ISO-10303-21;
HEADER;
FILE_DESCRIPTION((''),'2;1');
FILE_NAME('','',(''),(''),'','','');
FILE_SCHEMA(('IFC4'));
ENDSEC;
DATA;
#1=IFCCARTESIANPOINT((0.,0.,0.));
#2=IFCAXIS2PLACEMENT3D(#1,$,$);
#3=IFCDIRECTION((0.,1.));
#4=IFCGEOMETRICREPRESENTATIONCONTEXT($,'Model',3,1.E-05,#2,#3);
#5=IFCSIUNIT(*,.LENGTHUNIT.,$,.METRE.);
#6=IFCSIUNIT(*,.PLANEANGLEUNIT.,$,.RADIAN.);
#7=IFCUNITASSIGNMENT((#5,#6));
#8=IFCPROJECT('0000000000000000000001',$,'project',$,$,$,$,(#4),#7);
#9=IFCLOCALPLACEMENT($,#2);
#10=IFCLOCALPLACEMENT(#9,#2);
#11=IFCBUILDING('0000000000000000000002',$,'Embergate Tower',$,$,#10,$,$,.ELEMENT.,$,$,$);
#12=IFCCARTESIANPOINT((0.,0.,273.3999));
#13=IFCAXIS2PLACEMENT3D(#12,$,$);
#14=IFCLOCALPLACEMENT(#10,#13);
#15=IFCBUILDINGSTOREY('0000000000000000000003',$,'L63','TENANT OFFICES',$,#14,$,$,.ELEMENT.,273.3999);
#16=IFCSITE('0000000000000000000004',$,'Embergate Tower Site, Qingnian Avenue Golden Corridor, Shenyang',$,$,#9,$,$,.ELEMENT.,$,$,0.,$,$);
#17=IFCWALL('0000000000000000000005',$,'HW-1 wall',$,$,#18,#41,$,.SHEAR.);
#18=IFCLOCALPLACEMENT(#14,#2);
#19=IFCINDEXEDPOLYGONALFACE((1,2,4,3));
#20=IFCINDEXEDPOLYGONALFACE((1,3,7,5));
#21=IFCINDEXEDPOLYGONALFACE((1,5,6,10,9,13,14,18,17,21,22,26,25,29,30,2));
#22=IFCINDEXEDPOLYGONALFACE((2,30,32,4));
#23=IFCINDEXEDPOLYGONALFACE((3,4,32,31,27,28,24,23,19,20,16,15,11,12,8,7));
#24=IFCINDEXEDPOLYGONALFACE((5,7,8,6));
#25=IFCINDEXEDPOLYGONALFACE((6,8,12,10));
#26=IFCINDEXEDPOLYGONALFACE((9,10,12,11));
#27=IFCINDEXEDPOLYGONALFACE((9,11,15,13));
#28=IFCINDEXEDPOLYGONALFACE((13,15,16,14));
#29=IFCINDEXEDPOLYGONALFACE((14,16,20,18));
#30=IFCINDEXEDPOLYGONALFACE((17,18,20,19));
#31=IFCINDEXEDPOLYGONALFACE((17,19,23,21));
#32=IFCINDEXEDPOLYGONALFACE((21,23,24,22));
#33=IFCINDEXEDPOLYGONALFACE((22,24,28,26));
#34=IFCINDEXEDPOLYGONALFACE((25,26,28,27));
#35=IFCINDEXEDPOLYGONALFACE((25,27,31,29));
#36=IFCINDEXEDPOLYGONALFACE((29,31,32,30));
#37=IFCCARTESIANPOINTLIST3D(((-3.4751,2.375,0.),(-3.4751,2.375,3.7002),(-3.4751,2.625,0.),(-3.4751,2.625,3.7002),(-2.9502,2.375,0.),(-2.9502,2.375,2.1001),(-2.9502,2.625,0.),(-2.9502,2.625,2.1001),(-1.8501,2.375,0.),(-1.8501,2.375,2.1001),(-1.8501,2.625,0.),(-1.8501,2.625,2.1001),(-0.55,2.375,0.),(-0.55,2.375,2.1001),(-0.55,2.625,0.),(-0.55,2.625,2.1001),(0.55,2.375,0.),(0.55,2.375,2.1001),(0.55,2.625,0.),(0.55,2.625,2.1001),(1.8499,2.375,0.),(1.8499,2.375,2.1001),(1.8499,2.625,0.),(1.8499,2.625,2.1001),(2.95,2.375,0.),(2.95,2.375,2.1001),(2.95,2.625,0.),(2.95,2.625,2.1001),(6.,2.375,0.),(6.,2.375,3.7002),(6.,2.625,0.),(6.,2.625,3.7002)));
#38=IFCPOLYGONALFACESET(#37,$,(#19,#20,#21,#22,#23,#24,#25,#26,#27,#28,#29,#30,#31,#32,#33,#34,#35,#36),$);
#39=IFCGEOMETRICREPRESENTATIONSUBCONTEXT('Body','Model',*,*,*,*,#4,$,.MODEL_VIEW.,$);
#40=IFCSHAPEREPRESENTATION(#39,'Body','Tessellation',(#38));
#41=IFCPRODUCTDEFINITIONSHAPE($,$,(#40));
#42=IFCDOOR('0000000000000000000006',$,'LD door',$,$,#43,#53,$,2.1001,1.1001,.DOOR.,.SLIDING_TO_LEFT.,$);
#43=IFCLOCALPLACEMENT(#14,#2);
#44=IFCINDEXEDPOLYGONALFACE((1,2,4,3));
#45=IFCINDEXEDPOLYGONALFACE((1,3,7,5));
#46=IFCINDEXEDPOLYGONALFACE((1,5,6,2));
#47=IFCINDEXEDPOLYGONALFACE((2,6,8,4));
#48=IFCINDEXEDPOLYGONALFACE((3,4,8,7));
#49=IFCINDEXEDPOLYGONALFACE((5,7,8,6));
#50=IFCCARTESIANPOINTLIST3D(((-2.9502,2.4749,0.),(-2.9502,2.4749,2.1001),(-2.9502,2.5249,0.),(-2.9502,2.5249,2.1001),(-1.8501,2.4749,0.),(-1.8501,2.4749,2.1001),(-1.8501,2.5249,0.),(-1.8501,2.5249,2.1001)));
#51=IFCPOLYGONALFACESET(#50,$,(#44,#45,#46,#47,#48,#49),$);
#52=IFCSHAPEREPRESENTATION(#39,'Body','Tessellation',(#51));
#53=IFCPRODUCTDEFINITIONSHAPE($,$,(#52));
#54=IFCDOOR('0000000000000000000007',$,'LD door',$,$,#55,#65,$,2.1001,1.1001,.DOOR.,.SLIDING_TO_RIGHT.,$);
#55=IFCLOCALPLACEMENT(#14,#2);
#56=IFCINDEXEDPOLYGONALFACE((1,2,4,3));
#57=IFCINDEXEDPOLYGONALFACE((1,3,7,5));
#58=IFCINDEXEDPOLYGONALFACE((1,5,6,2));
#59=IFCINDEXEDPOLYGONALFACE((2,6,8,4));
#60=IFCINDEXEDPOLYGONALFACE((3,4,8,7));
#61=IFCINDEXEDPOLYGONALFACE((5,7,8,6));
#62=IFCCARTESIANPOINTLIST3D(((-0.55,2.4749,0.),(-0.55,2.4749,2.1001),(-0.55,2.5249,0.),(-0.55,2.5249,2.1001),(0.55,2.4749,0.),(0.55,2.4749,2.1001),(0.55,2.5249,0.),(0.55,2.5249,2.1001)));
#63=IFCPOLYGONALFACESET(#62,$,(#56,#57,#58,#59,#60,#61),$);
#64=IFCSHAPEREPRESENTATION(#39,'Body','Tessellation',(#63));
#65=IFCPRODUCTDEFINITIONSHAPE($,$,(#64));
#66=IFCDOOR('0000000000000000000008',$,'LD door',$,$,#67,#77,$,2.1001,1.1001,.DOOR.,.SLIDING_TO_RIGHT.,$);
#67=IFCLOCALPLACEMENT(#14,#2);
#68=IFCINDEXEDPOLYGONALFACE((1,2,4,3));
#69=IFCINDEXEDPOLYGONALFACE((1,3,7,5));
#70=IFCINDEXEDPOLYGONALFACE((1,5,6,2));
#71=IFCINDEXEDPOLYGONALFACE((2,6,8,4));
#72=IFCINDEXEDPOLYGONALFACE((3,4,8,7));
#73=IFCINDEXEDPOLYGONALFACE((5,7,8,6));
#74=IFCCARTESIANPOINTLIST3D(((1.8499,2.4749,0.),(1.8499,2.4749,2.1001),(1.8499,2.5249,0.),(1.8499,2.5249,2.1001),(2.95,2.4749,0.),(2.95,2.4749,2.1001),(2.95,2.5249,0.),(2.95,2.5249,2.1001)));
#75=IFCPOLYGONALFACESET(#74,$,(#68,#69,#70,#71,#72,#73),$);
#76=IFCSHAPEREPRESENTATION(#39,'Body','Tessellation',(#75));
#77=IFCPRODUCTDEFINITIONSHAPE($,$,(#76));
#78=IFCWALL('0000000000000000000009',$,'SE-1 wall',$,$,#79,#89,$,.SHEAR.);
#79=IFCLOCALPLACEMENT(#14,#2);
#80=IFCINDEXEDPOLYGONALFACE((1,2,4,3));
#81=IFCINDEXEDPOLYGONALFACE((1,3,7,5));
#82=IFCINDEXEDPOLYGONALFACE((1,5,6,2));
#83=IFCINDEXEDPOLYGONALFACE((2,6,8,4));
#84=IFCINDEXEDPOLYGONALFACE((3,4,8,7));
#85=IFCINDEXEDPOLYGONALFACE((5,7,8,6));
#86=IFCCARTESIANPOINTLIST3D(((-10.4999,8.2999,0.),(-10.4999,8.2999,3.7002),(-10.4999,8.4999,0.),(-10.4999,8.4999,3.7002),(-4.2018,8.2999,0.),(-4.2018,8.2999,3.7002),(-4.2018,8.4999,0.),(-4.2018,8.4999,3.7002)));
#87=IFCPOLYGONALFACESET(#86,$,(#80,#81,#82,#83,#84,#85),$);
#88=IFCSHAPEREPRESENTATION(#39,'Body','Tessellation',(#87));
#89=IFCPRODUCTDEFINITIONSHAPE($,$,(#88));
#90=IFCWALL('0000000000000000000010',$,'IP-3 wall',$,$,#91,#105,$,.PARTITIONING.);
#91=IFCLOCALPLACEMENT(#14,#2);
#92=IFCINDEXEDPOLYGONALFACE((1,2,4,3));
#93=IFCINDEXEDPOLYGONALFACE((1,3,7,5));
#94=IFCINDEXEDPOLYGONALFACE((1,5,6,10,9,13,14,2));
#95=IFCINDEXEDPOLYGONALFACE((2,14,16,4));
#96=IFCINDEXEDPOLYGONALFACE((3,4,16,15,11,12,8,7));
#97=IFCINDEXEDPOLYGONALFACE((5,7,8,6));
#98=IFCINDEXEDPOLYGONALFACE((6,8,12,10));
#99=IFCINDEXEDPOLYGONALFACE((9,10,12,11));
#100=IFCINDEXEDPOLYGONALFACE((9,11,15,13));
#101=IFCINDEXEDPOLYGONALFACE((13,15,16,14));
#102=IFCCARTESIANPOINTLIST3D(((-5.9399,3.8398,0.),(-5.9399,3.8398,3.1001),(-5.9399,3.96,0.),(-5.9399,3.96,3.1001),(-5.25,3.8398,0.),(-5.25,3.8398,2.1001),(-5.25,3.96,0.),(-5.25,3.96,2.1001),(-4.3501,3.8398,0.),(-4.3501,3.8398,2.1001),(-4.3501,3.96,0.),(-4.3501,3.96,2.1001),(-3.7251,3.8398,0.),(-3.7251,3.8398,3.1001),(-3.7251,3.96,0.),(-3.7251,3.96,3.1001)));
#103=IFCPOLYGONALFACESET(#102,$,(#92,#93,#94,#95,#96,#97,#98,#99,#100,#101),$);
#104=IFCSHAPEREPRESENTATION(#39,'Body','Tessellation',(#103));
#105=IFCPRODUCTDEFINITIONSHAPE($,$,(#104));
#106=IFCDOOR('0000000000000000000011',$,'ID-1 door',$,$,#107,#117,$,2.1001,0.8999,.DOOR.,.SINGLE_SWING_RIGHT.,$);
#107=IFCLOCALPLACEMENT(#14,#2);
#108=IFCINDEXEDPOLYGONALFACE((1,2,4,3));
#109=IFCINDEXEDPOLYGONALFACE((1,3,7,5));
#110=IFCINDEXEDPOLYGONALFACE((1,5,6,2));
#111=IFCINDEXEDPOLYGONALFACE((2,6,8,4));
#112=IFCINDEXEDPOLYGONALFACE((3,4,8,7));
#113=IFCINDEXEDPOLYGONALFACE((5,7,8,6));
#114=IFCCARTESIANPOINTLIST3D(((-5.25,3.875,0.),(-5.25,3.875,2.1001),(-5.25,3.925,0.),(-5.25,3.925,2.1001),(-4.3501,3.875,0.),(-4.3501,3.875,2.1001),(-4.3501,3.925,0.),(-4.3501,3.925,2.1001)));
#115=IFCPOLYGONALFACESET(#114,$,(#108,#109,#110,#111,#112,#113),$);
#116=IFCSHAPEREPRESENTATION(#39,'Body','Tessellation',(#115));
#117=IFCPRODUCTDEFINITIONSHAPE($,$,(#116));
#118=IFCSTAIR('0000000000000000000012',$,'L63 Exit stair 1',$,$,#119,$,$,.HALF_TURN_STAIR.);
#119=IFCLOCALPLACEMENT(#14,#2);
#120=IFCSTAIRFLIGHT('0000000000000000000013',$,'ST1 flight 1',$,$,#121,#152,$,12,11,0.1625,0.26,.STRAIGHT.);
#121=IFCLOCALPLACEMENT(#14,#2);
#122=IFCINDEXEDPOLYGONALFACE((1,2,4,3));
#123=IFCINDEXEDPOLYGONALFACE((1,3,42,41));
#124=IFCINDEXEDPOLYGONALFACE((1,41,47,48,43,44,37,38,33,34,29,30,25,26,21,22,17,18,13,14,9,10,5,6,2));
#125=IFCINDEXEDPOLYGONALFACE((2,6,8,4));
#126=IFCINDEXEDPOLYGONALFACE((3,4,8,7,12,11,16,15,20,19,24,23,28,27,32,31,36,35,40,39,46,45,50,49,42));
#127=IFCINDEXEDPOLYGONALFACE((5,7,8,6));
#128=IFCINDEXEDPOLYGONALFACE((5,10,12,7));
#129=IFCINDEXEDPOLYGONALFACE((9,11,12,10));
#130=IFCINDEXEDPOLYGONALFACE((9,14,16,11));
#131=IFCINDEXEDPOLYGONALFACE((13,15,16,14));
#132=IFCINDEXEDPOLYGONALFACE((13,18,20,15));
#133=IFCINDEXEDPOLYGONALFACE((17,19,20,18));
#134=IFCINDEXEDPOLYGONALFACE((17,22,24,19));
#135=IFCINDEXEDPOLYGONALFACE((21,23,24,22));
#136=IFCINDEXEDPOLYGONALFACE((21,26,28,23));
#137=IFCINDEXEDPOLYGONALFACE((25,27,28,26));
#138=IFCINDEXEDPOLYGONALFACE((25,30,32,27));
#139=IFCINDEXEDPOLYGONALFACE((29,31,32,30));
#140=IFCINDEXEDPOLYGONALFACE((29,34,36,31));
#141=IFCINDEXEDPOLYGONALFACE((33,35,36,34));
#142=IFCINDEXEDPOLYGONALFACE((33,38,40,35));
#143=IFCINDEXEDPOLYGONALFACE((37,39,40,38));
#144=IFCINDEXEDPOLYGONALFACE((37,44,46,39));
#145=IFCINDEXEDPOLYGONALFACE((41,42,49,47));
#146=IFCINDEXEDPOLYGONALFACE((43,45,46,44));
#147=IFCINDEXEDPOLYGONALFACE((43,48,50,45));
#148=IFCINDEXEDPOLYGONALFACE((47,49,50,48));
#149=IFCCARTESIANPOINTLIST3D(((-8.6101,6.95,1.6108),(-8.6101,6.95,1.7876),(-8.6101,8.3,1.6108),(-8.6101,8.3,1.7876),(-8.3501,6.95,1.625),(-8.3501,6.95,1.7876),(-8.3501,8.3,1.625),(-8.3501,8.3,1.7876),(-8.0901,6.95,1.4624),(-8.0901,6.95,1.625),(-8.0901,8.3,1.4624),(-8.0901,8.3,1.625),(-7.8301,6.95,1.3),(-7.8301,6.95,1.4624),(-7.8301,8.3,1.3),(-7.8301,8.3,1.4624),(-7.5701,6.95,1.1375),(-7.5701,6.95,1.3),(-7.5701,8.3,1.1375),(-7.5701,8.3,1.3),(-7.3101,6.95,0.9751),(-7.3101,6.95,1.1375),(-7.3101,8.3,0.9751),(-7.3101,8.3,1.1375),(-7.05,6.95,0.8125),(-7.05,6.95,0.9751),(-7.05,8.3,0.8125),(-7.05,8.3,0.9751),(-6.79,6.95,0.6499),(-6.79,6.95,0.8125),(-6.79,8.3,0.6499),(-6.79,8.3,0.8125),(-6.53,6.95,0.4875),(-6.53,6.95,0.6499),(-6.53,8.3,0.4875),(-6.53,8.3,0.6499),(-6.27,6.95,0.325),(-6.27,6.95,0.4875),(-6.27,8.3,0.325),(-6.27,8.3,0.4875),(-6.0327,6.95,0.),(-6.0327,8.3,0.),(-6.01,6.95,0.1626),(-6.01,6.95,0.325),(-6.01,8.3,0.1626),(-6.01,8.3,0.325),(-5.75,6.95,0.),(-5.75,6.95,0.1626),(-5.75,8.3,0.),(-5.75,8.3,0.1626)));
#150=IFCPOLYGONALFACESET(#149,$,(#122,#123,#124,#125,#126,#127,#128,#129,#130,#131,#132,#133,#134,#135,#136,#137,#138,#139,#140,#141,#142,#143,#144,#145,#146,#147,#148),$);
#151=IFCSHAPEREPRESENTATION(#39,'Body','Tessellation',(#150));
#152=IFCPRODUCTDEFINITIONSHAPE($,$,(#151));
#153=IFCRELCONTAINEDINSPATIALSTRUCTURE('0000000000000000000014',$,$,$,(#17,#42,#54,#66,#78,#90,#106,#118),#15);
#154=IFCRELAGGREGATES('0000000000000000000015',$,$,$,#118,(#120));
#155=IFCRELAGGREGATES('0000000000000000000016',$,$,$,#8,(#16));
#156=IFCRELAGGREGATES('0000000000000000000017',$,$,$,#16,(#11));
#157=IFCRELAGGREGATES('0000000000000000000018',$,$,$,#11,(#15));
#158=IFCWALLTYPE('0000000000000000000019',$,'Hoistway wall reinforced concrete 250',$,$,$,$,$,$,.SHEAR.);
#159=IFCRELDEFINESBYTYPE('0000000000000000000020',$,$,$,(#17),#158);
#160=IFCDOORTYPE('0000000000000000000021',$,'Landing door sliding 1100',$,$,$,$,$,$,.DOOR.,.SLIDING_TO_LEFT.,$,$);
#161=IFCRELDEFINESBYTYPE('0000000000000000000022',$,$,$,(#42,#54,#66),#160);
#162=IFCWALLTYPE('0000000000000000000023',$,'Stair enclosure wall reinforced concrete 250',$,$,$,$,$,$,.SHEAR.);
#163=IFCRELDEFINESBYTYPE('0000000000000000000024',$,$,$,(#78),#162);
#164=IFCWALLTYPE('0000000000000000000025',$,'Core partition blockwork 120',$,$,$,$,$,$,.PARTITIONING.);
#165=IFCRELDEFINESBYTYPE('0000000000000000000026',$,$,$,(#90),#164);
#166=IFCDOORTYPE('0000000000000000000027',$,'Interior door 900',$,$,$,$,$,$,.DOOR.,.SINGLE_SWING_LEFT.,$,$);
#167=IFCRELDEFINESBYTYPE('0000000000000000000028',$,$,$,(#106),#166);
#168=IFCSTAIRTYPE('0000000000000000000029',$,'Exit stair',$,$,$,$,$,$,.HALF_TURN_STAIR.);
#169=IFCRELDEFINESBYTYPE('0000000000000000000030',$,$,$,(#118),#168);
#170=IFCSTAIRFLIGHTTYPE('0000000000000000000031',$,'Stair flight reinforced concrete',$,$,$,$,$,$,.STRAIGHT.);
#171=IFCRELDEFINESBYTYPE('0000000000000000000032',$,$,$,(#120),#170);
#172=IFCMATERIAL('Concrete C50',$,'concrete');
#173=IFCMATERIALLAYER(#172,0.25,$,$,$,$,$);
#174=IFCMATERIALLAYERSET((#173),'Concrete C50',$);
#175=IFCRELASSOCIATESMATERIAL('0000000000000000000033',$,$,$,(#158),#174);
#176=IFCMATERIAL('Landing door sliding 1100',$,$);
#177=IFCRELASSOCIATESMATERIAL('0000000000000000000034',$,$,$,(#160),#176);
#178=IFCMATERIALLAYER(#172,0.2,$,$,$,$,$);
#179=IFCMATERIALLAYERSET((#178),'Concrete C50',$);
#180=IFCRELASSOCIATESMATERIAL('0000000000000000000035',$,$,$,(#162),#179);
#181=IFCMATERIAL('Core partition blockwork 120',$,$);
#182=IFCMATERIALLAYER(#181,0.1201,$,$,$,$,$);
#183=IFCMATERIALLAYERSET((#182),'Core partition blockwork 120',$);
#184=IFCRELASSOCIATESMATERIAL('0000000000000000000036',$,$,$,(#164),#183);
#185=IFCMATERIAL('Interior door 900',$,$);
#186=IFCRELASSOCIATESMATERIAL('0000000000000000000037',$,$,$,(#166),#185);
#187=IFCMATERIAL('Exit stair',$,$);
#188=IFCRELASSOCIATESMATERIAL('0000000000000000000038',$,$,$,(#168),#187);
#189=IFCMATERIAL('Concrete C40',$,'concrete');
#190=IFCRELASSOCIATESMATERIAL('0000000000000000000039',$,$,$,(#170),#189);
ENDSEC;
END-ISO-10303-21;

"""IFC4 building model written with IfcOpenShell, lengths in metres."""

from ifc_helpers import new_model, si_unit, direction, frame, frame_2d, origin, place, context, subcontext, project, spatial, polyline, rectangle, outline, extrude, source, transform, mapped, material, layer, layer_set, type_object, element, fill, aggregate, save


model = new_model("IFC4")

# Units and contexts
model_context = context("Model", 3, precision=1e-05, world=origin(), true_north=direction((0.0, 1.0)))
body_context = subcontext(model_context, "Body", "Model", "MODEL_VIEW")
ifc_project = project(units=[si_unit("LENGTHUNIT", "METRE"), si_unit("PLANEANGLEUNIT", "RADIAN")], contexts=[model_context])

# Site, building, storey
site_placement = place(None, origin())
site = spatial("IfcSite", under=ifc_project, at=site_placement, Name="Embergate Tower Site, Qingnian Avenue Golden Corridor, Shenyang", CompositionType="ELEMENT", RefElevation=0.0)
building_placement = place(site_placement, origin())
building = spatial("IfcBuilding", under=site, at=building_placement, Name="Embergate Tower", CompositionType="ELEMENT")
storey_placement = place(building_placement, frame((0.0, 0.0, 273.3999)))
storey = spatial("IfcBuildingStorey", under=building, at=storey_placement, Name="L63", Description="TENANT OFFICES", CompositionType="ELEMENT", Elevation=273.3999)

# Shared definitions
ifc_material_1 = material(Name="Concrete C50", Category="concrete")
ifc_layer_1 = layer(ifc_material_1, 0.25)
ifc_layer_set_1 = layer_set([ifc_layer_1], Name="Concrete C50")
wall_type_1 = type_object("IfcWallType", Name="Hoistway wall reinforced concrete 250", PredefinedType="SHEAR", material=ifc_layer_set_1)

# Shared definitions
shared_shape_1 = source(origin(), body_context, "Body", "SweptSolid", [
    extrude(rectangle(XDim=1.1001, YDim=2.1001, at=frame_2d((0.55, 1.05))), frame((0.0, 0.135, 0.0), z_axis=(0.0, -1.0, 0.0), x_axis=(1.0, 0.0, 0.0)), (0.0, 0.0, 1.0), 0.27),
])
ifc_material_2 = material(Name="Landing door sliding 1100")
door_type_1 = type_object("IfcDoorType", Name="Landing door sliding 1100", OperationType="SLIDING_TO_LEFT", PredefinedType="DOOR", material=ifc_material_2)
shared_shape_2 = source(origin(), body_context, "Body", "SweptSolid", [
    extrude(rectangle(XDim=1.1001, YDim=2.1001, at=frame_2d((0.55, 1.05))), frame((0.0, 0.0249, 0.0), z_axis=(0.0, -1.0, 0.0), x_axis=(1.0, 0.0, 0.0)), (0.0, 0.0, 1.0), 0.05),
])

# Shared definitions
ifc_layer_2 = layer(ifc_material_1, 0.2)
ifc_layer_set_2 = layer_set([ifc_layer_2], Name="Concrete C50")
wall_type_2 = type_object("IfcWallType", Name="Stair enclosure wall reinforced concrete 250", PredefinedType="SHEAR", material=ifc_layer_set_2)

# Shared definitions
ifc_material_3 = material(Name="Core partition blockwork 120")
ifc_layer_3 = layer(ifc_material_3, 0.1201)
ifc_layer_set_3 = layer_set([ifc_layer_3], Name="Core partition blockwork 120")
wall_type_3 = type_object("IfcWallType", Name="Core partition blockwork 120", PredefinedType="PARTITIONING", material=ifc_layer_set_3)

# Wall, openings, doors
shared_shape_3 = source(origin(), body_context, "Body", "SweptSolid", [
    extrude(rectangle(XDim=9.4751, YDim=0.25, at=frame_2d((4.7375, 0.0))), origin(), (0.0, 0.0, 1.0), 3.7002),
])
wall_1_placement = place(storey_placement, frame((-3.4751, 2.5, 0.0), z_axis=(0.0, 0.0, 1.0), x_axis=(1.0, 0.0, 0.0)))
wall_1 = element("IfcWall", 1, at=wall_1_placement, inside=storey, type_object=wall_type_1, Name="HW-1 wall", PredefinedType="SHEAR", context=body_context, shape_type="MappedRepresentation", body=[
    mapped(shared_shape_3, transform((0.0, 0.0, 0.0))),
])
opening_1_placement = place(wall_1_placement, frame((0.5249, 0.0, 0.0)))
opening_1 = element("IfcOpeningElement", 2, at=opening_1_placement, cuts=wall_1, PredefinedType="OPENING", context=body_context, shape_type="MappedRepresentation", body=[
    mapped(shared_shape_1, transform((0.0, 0.0, 0.0))),
])
opening_2_placement = place(wall_1_placement, frame((2.925, 0.0, 0.0)))
opening_2 = element("IfcOpeningElement", 3, at=opening_2_placement, cuts=wall_1, PredefinedType="OPENING", context=body_context, shape_type="MappedRepresentation", body=[
    mapped(shared_shape_1, transform((0.0, 0.0, 0.0))),
])
opening_3_placement = place(wall_1_placement, frame((5.325, 0.0, 0.0)))
opening_3 = element("IfcOpeningElement", 4, at=opening_3_placement, cuts=wall_1, PredefinedType="OPENING", context=body_context, shape_type="MappedRepresentation", body=[
    mapped(shared_shape_1, transform((0.0, 0.0, 0.0))),
])
door_1_placement = place(opening_1_placement, origin())
door_1 = element("IfcDoor", 5, at=door_1_placement, inside=storey, type_object=door_type_1, Name="LD door", OperationType="SLIDING_TO_LEFT", OverallHeight=2.1001, OverallWidth=1.1001, PredefinedType="DOOR", context=body_context, shape_type="MappedRepresentation", body=[
    mapped(shared_shape_2, transform((0.0, 0.0, 0.0))),
])
fill(opening_1, door_1)
door_2_placement = place(opening_2_placement, origin())
door_2 = element("IfcDoor", 6, at=door_2_placement, inside=storey, type_object=door_type_1, Name="LD door", OperationType="SLIDING_TO_RIGHT", OverallHeight=2.1001, OverallWidth=1.1001, PredefinedType="DOOR", context=body_context, shape_type="MappedRepresentation", body=[
    mapped(shared_shape_2, transform((0.0, 0.0, 0.0))),
])
fill(opening_2, door_2)
door_3_placement = place(opening_3_placement, origin())
door_3 = element("IfcDoor", 7, at=door_3_placement, inside=storey, type_object=door_type_1, Name="LD door", OperationType="SLIDING_TO_RIGHT", OverallHeight=2.1001, OverallWidth=1.1001, PredefinedType="DOOR", context=body_context, shape_type="MappedRepresentation", body=[
    mapped(shared_shape_2, transform((0.0, 0.0, 0.0))),
])
fill(opening_3, door_3)

# Wall
shared_shape_4 = source(origin(), body_context, "Body", "SweptSolid", [
    extrude(rectangle(XDim=6.2981, YDim=0.2, at=frame_2d((3.1489, 0.0))), origin(), (0.0, 0.0, 1.0), 3.7002),
])
wall_2_placement = place(storey_placement, frame((-4.2019, 8.3999, 0.0), z_axis=(0.0, 0.0, 1.0), x_axis=(-1.0, 0.0, 0.0)))
element("IfcWall", 8, at=wall_2_placement, inside=storey, type_object=wall_type_2, Name="SE-1 wall", PredefinedType="SHEAR", context=body_context, shape_type="MappedRepresentation", body=[
    mapped(shared_shape_4, transform((0.0, 0.0, 0.0))),
])

# Wall, opening, door
shared_shape_5 = source(origin(), body_context, "Body", "SweptSolid", [
    extrude(rectangle(XDim=2.2148, YDim=0.1201, at=frame_2d((1.1074, 0.0))), origin(), (0.0, 0.0, 1.0), 3.1001),
])
wall_3_placement = place(storey_placement, frame((-3.7251, 3.8999, 0.0), z_axis=(0.0, 0.0, 1.0), x_axis=(-1.0, 0.0, 0.0)))
wall_3 = element("IfcWall", 9, at=wall_3_placement, inside=storey, type_object=wall_type_3, Name="IP-3 wall", PredefinedType="PARTITIONING", context=body_context, shape_type="MappedRepresentation", body=[
    mapped(shared_shape_5, transform((0.0, 0.0, 0.0))),
])
shared_shape_6 = source(origin(), body_context, "Body", "SweptSolid", [
    extrude(rectangle(XDim=0.8999, YDim=2.1001, at=frame_2d((0.45, 1.05))), frame((0.0, 0.0701, 0.0), z_axis=(0.0, -1.0, 0.0), x_axis=(1.0, 0.0, 0.0)), (0.0, 0.0, 1.0), 0.1401),
])
opening_4_placement = place(wall_3_placement, frame((0.625, 0.0, 0.0)))
opening_4 = element("IfcOpeningElement", 10, at=opening_4_placement, cuts=wall_3, PredefinedType="OPENING", context=body_context, shape_type="MappedRepresentation", body=[
    mapped(shared_shape_6, transform((0.0, 0.0, 0.0))),
])
ifc_material_4 = material(Name="Interior door 900")
door_type_2 = type_object("IfcDoorType", Name="Interior door 900", OperationType="SINGLE_SWING_LEFT", PredefinedType="DOOR", material=ifc_material_4)
shared_shape_7 = source(origin(), body_context, "Body", "SweptSolid", [
    extrude(rectangle(XDim=0.8999, YDim=2.1001, at=frame_2d((0.45, 1.05))), frame((0.0, 0.0249, 0.0), z_axis=(0.0, -1.0, 0.0), x_axis=(1.0, 0.0, 0.0)), (0.0, 0.0, 1.0), 0.05),
])
door_4_placement = place(opening_4_placement, origin())
door_4 = element("IfcDoor", 11, at=door_4_placement, inside=storey, type_object=door_type_2, Name="ID-1 door", OperationType="SINGLE_SWING_RIGHT", OverallHeight=2.1001, OverallWidth=0.8999, PredefinedType="DOOR", context=body_context, shape_type="MappedRepresentation", body=[
    mapped(shared_shape_7, transform((0.0, 0.0, 0.0))),
])
fill(opening_4, door_4)

# Stair, stair flight
ifc_material_5 = material(Name="Exit stair")
stair_type = type_object("IfcStairType", Name="Exit stair", PredefinedType="HALF_TURN_STAIR", material=ifc_material_5)
stair_placement = place(storey_placement, origin())
stair = element("IfcStair", 12, at=stair_placement, inside=storey, type_object=stair_type, Name="L63 Exit stair 1", PredefinedType="HALF_TURN_STAIR")
ifc_material_6 = material(Name="Concrete C40", Category="concrete")
stair_flight_type = type_object("IfcStairFlightType", Name="Stair flight reinforced concrete", PredefinedType="STRAIGHT", material=ifc_material_6)
shared_shape_8 = source(origin(), body_context, "Body", "SweptSolid", [
    extrude(outline(polyline([(0.0, 0.0), (0.0, 0.1626), (0.26, 0.1626), (0.26, 0.325), (0.52, 0.325), (0.52, 0.4875), (0.78, 0.4875), (0.78, 0.6499), (1.04, 0.6499), (1.04, 0.8125), (1.3, 0.8125), (1.3, 0.9751), (1.5601, 0.9751), (1.5601, 1.1375), (1.8201, 1.1375), (1.8201, 1.3), (2.0801, 1.3), (2.0801, 1.4624), (2.3401, 1.4624), (2.3401, 1.625), (2.6001, 1.625), (2.6001, 1.7876), (2.8601, 1.7876), (2.8601, 1.95), (2.8601, 1.6108), (0.2827, 0.0), (0.0, 0.0)])), frame((0.0, 0.675, 0.0), z_axis=(0.0, -1.0, 0.0), x_axis=(1.0, 0.0, 0.0)), (0.0, 0.0, 1.0), 1.3501),
])
stair_flight_placement = place(storey_placement, frame((-5.75, 7.625, 0.0), z_axis=(0.0, 0.0, 1.0), x_axis=(-1.0, 0.0, 0.0)))
stair_flight = element("IfcStairFlight", 13, at=stair_flight_placement, type_object=stair_flight_type, Name="ST1 flight 1", NumberOfRisers=12, NumberOfTreads=11, PredefinedType="STRAIGHT", RiserHeight=0.1625, TreadLength=0.26, context=body_context, shape_type="MappedRepresentation", body=[
    mapped(shared_shape_8, transform((0.0, 0.0, 0.0))),
])
aggregate(stair, [stair_flight])

save(model, "model.ifc")
